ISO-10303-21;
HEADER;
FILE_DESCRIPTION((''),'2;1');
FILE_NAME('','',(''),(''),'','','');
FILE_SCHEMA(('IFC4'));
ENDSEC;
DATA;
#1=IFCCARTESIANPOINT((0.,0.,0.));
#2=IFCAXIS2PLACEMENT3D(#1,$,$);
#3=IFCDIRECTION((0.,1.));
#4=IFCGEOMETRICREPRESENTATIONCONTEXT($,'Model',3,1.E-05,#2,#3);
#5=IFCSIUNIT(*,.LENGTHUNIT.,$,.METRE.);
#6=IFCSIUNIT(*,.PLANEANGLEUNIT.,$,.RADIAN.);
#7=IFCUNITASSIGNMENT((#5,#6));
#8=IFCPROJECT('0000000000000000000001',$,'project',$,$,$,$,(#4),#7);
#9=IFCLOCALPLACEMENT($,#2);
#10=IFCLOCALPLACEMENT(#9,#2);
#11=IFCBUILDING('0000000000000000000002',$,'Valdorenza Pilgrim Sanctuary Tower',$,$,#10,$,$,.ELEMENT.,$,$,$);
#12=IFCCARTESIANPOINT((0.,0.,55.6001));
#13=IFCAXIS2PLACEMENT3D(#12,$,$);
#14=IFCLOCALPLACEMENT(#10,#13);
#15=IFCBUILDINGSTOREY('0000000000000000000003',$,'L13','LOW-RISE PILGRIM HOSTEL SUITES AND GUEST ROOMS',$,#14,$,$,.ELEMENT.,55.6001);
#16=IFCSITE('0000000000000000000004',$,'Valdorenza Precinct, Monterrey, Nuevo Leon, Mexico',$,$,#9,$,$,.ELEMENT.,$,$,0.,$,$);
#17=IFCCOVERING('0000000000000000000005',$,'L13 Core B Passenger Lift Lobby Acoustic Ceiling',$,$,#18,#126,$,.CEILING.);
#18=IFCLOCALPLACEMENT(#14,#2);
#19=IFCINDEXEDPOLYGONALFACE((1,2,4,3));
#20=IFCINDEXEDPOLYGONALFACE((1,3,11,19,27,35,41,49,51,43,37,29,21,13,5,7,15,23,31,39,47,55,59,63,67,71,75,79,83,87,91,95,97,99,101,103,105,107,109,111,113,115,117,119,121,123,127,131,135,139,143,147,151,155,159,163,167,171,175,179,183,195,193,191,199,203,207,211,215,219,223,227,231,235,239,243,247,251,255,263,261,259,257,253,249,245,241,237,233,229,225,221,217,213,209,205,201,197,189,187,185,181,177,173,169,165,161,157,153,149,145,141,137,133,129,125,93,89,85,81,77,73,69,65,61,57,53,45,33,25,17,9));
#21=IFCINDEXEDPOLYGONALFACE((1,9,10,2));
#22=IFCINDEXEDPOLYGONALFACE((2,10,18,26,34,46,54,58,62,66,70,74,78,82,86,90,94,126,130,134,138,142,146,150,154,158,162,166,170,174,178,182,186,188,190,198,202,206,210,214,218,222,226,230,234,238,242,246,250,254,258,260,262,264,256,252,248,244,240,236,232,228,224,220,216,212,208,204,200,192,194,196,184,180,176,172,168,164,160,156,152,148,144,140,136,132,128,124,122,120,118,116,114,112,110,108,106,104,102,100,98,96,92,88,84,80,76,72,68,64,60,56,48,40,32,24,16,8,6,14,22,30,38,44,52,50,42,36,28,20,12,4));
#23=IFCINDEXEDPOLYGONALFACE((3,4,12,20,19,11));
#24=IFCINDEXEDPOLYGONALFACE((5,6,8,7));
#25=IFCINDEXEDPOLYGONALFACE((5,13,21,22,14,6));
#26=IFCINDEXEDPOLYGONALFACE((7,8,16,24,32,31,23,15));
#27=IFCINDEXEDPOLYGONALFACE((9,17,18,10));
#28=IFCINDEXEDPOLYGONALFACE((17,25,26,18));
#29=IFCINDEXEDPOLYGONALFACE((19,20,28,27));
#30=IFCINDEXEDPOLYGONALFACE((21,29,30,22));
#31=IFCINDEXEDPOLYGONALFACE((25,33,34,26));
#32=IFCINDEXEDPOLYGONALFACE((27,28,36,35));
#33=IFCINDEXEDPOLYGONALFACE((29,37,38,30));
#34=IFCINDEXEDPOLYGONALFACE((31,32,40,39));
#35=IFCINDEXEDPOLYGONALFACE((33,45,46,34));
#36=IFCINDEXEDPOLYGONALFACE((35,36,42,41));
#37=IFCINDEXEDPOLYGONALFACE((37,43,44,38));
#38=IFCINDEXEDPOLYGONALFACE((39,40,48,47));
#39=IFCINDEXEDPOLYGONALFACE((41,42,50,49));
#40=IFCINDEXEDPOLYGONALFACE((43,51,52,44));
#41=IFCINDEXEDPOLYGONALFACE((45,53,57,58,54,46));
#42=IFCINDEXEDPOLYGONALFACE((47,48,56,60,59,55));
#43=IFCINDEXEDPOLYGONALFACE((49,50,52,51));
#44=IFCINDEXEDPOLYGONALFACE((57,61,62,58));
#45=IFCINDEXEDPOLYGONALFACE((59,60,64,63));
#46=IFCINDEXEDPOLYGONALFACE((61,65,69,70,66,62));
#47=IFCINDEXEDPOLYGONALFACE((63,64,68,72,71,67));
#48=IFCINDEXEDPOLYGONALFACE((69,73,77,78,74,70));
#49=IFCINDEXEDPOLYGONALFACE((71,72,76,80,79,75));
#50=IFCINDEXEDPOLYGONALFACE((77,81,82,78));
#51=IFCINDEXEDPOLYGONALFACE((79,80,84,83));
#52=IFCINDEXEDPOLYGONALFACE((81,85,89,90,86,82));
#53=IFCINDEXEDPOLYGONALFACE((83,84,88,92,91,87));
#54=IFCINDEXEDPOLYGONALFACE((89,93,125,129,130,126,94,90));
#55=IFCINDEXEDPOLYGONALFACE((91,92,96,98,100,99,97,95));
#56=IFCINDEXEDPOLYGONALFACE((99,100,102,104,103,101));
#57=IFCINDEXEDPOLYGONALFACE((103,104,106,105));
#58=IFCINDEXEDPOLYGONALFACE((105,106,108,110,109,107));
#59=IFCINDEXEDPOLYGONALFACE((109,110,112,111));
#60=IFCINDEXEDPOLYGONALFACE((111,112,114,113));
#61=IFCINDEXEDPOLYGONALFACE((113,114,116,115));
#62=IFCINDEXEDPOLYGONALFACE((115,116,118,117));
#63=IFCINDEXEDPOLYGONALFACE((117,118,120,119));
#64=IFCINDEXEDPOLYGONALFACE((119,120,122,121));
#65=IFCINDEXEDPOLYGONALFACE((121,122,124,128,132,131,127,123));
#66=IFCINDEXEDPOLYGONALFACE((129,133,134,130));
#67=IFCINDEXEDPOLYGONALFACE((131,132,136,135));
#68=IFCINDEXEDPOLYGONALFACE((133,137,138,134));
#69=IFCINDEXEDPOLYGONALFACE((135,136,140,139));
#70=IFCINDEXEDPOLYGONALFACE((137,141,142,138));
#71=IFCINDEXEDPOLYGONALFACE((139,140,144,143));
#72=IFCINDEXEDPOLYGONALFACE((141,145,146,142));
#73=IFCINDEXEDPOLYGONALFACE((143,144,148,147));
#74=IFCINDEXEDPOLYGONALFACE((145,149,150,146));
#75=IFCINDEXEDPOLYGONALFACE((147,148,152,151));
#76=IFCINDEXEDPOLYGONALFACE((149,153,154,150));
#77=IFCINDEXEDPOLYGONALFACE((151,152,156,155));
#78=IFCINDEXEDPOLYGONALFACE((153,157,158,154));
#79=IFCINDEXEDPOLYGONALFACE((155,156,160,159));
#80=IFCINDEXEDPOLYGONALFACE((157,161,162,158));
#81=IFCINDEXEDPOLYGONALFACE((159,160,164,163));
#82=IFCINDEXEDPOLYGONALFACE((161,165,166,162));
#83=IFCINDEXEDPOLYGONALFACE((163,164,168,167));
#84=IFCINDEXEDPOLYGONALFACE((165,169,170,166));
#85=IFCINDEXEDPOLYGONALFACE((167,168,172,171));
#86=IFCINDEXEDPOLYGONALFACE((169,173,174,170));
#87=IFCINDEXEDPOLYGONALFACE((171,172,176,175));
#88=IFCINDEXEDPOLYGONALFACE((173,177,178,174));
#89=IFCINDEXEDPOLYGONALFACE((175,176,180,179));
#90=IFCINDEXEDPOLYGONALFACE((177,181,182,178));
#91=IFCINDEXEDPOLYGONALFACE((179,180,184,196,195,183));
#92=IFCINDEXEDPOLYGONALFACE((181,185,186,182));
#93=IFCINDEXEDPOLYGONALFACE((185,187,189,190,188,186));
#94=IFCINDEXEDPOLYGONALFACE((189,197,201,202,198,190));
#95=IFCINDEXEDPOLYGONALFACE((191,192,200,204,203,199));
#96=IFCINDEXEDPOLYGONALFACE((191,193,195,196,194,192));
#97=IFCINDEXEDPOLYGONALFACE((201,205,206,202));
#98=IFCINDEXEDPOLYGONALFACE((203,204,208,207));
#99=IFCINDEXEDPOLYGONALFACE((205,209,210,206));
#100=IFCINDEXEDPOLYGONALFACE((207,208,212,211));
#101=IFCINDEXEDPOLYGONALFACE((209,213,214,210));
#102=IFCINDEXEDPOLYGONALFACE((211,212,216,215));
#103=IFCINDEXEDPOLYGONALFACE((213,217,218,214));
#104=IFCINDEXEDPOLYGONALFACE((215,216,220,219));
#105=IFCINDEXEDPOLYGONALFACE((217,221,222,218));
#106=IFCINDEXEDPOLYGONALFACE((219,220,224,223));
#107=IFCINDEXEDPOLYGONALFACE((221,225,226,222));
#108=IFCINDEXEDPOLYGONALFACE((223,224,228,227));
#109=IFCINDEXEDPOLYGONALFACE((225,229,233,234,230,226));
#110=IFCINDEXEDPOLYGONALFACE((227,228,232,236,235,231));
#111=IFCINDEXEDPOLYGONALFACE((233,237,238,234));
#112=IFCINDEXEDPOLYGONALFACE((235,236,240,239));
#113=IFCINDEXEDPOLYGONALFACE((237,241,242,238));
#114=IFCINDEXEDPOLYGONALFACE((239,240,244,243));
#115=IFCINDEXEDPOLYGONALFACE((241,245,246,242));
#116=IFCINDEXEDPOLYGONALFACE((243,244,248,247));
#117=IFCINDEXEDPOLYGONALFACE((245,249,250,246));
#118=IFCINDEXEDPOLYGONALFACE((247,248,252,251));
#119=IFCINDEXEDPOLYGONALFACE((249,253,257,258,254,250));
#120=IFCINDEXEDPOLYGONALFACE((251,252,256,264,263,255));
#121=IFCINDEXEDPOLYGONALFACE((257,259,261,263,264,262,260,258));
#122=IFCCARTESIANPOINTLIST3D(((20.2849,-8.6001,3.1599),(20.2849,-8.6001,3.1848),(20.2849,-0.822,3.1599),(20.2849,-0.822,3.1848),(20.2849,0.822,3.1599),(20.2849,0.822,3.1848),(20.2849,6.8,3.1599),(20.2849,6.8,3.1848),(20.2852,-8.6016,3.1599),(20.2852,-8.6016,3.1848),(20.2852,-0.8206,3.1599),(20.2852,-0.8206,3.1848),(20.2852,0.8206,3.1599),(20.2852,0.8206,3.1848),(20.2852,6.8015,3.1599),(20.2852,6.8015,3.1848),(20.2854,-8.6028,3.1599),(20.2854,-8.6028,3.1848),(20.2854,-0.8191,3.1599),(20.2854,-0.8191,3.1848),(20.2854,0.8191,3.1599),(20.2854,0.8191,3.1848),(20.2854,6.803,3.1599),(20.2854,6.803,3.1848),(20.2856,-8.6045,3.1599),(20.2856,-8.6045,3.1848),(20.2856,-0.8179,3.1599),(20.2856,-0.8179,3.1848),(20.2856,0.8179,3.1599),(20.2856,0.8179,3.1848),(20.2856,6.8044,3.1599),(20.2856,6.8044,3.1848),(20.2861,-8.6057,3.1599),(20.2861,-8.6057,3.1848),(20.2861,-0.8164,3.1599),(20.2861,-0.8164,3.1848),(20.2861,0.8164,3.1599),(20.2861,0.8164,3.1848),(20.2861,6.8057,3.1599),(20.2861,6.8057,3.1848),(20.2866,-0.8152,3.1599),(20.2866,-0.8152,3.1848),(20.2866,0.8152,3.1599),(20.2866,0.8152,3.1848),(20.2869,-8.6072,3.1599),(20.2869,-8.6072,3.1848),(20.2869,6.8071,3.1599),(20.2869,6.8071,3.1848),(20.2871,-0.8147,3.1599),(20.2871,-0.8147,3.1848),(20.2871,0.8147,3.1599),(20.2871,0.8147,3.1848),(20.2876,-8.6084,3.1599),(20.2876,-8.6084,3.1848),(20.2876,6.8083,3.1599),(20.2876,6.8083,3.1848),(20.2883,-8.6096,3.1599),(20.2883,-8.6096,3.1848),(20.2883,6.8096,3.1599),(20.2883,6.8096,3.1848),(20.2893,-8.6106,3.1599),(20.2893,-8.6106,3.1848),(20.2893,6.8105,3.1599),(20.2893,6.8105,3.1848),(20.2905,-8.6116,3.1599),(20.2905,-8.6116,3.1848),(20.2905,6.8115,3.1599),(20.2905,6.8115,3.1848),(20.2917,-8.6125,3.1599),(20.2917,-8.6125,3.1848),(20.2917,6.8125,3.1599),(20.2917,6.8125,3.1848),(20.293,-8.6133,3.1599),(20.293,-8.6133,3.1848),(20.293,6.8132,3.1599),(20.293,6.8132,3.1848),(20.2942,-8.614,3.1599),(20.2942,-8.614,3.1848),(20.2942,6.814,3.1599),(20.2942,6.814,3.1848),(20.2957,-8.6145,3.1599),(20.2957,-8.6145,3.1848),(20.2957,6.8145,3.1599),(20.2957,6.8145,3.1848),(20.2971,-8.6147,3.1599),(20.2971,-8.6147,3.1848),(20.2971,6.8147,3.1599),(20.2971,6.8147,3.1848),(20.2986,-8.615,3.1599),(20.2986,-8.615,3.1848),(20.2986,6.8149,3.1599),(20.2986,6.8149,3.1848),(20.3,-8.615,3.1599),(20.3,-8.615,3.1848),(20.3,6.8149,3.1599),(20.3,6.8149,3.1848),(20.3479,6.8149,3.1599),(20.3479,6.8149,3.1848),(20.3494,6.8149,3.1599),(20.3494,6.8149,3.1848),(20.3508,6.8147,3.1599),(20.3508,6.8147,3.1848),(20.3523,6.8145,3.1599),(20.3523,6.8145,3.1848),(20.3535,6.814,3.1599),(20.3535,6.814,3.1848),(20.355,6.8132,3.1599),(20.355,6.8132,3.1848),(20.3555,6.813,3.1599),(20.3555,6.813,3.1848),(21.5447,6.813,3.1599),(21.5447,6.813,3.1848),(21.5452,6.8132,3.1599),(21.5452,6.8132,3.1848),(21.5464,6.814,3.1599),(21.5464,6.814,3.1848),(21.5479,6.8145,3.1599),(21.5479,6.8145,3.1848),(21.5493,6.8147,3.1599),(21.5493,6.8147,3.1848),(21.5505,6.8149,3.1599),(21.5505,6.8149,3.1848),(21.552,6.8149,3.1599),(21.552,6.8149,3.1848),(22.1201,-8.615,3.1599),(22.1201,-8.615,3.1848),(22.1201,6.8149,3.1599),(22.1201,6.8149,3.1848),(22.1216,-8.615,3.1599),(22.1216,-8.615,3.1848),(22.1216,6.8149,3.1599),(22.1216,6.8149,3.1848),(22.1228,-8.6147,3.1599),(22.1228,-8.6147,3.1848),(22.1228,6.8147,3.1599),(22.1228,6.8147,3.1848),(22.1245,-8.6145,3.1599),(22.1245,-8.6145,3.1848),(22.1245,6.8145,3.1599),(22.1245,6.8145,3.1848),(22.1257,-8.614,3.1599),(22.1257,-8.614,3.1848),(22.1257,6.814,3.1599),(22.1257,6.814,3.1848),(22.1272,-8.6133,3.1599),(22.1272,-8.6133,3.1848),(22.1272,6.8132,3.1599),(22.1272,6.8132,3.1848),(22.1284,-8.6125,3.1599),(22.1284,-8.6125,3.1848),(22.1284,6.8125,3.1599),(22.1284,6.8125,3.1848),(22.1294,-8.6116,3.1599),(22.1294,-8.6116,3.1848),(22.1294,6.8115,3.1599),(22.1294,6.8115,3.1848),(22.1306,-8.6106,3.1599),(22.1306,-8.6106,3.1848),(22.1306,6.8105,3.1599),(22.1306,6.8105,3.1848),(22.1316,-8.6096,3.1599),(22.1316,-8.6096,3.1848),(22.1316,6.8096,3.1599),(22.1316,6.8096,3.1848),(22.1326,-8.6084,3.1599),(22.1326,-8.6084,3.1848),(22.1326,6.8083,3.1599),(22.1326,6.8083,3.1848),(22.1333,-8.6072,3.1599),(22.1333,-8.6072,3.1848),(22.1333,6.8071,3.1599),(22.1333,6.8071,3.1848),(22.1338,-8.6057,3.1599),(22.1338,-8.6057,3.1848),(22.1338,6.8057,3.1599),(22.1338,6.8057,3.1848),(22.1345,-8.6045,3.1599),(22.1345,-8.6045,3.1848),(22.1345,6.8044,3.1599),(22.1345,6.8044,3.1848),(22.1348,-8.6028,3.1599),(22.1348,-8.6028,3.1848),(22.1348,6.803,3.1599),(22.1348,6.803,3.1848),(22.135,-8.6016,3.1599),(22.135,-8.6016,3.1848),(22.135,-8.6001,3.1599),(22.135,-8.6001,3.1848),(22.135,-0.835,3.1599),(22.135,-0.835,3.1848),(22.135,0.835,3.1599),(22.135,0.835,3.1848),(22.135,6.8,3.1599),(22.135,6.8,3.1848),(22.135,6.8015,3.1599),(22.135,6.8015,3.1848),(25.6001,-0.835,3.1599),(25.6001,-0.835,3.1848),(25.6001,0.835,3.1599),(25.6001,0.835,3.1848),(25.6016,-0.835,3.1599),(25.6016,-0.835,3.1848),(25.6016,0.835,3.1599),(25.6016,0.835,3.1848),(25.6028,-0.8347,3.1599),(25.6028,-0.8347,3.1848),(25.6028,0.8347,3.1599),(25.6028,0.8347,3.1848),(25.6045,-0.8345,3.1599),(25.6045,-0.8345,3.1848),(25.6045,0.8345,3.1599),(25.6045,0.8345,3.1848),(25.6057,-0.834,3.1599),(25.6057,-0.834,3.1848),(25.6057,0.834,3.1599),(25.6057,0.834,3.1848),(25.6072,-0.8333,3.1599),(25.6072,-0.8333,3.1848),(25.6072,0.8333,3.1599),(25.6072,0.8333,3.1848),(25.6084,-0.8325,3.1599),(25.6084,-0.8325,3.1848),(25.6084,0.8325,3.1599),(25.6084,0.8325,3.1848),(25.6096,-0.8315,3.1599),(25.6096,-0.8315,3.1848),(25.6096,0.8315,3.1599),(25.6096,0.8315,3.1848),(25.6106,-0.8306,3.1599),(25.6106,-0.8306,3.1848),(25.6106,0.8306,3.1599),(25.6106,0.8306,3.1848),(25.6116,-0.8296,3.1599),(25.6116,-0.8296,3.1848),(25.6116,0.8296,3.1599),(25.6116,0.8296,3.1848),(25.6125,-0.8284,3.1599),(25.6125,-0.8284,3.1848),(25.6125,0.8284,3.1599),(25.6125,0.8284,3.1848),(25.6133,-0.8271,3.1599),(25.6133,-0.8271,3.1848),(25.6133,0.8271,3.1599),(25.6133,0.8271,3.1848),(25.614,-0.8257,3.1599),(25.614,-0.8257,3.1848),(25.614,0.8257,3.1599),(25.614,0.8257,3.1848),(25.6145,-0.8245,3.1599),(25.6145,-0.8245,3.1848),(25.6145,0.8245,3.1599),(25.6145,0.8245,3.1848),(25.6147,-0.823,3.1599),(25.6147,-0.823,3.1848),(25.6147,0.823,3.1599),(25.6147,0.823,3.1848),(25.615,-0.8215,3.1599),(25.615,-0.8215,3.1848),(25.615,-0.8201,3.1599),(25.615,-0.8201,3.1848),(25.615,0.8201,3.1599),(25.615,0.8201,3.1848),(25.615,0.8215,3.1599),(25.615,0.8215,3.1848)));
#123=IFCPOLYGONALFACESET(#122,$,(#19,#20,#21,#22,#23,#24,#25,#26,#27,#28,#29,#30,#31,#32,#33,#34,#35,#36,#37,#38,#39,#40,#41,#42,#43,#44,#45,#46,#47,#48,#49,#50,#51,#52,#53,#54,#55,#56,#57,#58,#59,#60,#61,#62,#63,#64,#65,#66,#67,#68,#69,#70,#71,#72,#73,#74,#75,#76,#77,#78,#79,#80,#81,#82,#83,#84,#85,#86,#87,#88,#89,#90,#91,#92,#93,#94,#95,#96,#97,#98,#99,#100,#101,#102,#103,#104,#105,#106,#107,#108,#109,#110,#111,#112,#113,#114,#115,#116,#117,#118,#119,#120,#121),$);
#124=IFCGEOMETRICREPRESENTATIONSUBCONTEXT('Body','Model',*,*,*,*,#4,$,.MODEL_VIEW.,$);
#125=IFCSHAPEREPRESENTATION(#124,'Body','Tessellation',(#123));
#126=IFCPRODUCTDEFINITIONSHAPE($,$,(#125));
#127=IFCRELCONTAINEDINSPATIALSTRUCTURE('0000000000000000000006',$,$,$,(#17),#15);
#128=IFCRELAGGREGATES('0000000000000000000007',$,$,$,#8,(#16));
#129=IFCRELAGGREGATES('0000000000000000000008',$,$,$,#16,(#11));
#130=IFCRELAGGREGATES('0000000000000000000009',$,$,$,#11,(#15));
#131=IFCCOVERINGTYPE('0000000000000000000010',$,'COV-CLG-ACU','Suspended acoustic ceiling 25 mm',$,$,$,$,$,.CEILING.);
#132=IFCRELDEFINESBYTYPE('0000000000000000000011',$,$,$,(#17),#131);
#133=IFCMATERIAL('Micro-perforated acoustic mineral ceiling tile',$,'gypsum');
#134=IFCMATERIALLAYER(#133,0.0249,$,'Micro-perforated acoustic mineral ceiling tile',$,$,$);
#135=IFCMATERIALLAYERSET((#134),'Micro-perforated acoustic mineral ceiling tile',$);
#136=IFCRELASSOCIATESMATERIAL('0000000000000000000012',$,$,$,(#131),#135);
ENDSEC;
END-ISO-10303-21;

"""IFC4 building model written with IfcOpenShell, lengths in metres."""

from ifc_helpers import new_model, si_unit, direction, frame, origin, place, context, subcontext, project, spatial, polyline, outline, extrude, material, layer, layer_set, type_object, element, save


model = new_model("IFC4")

# Units and contexts
model_context = context("Model", 3, precision=1e-05, world=origin(), true_north=direction((0.0, 1.0)))
body_context = subcontext(model_context, "Body", "Model", "MODEL_VIEW")
ifc_project = project(units=[si_unit("LENGTHUNIT", "METRE"), si_unit("PLANEANGLEUNIT", "RADIAN")], contexts=[model_context])

# Site, building, storey
site_placement = place(None, origin())
site = spatial("IfcSite", under=ifc_project, at=site_placement, Name="Valdorenza Precinct, Monterrey, Nuevo Leon, Mexico", CompositionType="ELEMENT", RefElevation=0.0)
building_placement = place(site_placement, origin())
building = spatial("IfcBuilding", under=site, at=building_placement, Name="Valdorenza Pilgrim Sanctuary Tower", CompositionType="ELEMENT")
storey_placement = place(building_placement, frame((0.0, 0.0, 55.6001)))
storey = spatial("IfcBuildingStorey", under=building, at=storey_placement, Name="L13", Description="LOW-RISE PILGRIM HOSTEL SUITES AND GUEST ROOMS", CompositionType="ELEMENT", Elevation=55.6001)

# Covering
ifc_material_1 = material(Name="Micro-perforated acoustic mineral ceiling tile", Category="gypsum")
ifc_layer_1 = layer(ifc_material_1, 0.0249, Name="Micro-perforated acoustic mineral ceiling tile")
ifc_layer_set_1 = layer_set([ifc_layer_1], Name="Micro-perforated acoustic mineral ceiling tile")
covering_type_1 = type_object("IfcCoveringType", Name="COV-CLG-ACU", Description="Suspended acoustic ceiling 25 mm", PredefinedType="CEILING", material=ifc_layer_set_1)
covering_1_placement = place(storey_placement, frame((0.0, 0.0, 3.1599)))
element("IfcCovering", 1, at=covering_1_placement, inside=storey, type_object=covering_type_1, Name="L13 Core B Passenger Lift Lobby Acoustic Ceiling", PredefinedType="CEILING", context=body_context, shape_type="SweptSolid", body=[
    extrude(outline(polyline([(20.2871, -0.8147), (20.2871, 0.8147), (20.2866, 0.8152), (20.2861, 0.8164), (20.2856, 0.8179), (20.2854, 0.8191), (20.2852, 0.8206), (20.2849, 0.822), (20.2849, 6.8), (20.2852, 6.8015), (20.2854, 6.803), (20.2856, 6.8044), (20.2861, 6.8057), (20.2869, 6.8071), (20.2876, 6.8083), (20.2883, 6.8096), (20.2893, 6.8105), (20.2905, 6.8115), (20.2917, 6.8125), (20.293, 6.8132), (20.2942, 6.814), (20.2957, 6.8145), (20.2971, 6.8147), (20.2986, 6.8149), (20.3, 6.8149), (20.3479, 6.8149), (20.3494, 6.8149), (20.3508, 6.8147), (20.3523, 6.8145), (20.3535, 6.814), (20.355, 6.8132), (20.3555, 6.813), (21.5447, 6.813), (21.5452, 6.8132), (21.5464, 6.814), (21.5479, 6.8145), (21.5493, 6.8147), (21.5505, 6.8149), (21.552, 6.8149), (22.1201, 6.8149), (22.1216, 6.8149), (22.1228, 6.8147), (22.1245, 6.8145), (22.1257, 6.814), (22.1272, 6.8132), (22.1284, 6.8125), (22.1294, 6.8115), (22.1306, 6.8105), (22.1316, 6.8096), (22.1326, 6.8083), (22.1333, 6.8071), (22.1338, 6.8057), (22.1345, 6.8044), (22.1348, 6.803), (22.135, 6.8015), (22.135, 6.8), (22.135, 0.835), (25.6001, 0.835), (25.6016, 0.835), (25.6028, 0.8347), (25.6045, 0.8345), (25.6057, 0.834), (25.6072, 0.8333), (25.6084, 0.8325), (25.6096, 0.8315), (25.6106, 0.8306), (25.6116, 0.8296), (25.6125, 0.8284), (25.6133, 0.8271), (25.614, 0.8257), (25.6145, 0.8245), (25.6147, 0.823), (25.615, 0.8215), (25.615, 0.8201), (25.615, -0.8201), (25.615, -0.8215), (25.6147, -0.823), (25.6145, -0.8245), (25.614, -0.8257), (25.6133, -0.8271), (25.6125, -0.8284), (25.6116, -0.8296), (25.6106, -0.8306), (25.6096, -0.8315), (25.6084, -0.8325), (25.6072, -0.8333), (25.6057, -0.834), (25.6045, -0.8345), (25.6028, -0.8347), (25.6016, -0.835), (25.6001, -0.835), (22.135, -0.835), (22.135, -8.6001), (22.135, -8.6016), (22.1348, -8.6028), (22.1345, -8.6045), (22.1338, -8.6057), (22.1333, -8.6072), (22.1326, -8.6084), (22.1316, -8.6096), (22.1306, -8.6106), (22.1294, -8.6116), (22.1284, -8.6125), (22.1272, -8.6133), (22.1257, -8.614), (22.1245, -8.6145), (22.1228, -8.6147), (22.1216, -8.615), (22.1201, -8.615), (20.3, -8.615), (20.2986, -8.615), (20.2971, -8.6147), (20.2957, -8.6145), (20.2942, -8.614), (20.293, -8.6133), (20.2917, -8.6125), (20.2905, -8.6116), (20.2893, -8.6106), (20.2883, -8.6096), (20.2876, -8.6084), (20.2869, -8.6072), (20.2861, -8.6057), (20.2856, -8.6045), (20.2854, -8.6028), (20.2852, -8.6016), (20.2849, -8.6001), (20.2849, -0.822), (20.2852, -0.8206), (20.2854, -0.8191), (20.2856, -0.8179), (20.2861, -0.8164), (20.2866, -0.8152), (20.2871, -0.8147)])), origin(), (0.0, 0.0, 1.0), 0.0249),
])

save(model, "model.ifc")
